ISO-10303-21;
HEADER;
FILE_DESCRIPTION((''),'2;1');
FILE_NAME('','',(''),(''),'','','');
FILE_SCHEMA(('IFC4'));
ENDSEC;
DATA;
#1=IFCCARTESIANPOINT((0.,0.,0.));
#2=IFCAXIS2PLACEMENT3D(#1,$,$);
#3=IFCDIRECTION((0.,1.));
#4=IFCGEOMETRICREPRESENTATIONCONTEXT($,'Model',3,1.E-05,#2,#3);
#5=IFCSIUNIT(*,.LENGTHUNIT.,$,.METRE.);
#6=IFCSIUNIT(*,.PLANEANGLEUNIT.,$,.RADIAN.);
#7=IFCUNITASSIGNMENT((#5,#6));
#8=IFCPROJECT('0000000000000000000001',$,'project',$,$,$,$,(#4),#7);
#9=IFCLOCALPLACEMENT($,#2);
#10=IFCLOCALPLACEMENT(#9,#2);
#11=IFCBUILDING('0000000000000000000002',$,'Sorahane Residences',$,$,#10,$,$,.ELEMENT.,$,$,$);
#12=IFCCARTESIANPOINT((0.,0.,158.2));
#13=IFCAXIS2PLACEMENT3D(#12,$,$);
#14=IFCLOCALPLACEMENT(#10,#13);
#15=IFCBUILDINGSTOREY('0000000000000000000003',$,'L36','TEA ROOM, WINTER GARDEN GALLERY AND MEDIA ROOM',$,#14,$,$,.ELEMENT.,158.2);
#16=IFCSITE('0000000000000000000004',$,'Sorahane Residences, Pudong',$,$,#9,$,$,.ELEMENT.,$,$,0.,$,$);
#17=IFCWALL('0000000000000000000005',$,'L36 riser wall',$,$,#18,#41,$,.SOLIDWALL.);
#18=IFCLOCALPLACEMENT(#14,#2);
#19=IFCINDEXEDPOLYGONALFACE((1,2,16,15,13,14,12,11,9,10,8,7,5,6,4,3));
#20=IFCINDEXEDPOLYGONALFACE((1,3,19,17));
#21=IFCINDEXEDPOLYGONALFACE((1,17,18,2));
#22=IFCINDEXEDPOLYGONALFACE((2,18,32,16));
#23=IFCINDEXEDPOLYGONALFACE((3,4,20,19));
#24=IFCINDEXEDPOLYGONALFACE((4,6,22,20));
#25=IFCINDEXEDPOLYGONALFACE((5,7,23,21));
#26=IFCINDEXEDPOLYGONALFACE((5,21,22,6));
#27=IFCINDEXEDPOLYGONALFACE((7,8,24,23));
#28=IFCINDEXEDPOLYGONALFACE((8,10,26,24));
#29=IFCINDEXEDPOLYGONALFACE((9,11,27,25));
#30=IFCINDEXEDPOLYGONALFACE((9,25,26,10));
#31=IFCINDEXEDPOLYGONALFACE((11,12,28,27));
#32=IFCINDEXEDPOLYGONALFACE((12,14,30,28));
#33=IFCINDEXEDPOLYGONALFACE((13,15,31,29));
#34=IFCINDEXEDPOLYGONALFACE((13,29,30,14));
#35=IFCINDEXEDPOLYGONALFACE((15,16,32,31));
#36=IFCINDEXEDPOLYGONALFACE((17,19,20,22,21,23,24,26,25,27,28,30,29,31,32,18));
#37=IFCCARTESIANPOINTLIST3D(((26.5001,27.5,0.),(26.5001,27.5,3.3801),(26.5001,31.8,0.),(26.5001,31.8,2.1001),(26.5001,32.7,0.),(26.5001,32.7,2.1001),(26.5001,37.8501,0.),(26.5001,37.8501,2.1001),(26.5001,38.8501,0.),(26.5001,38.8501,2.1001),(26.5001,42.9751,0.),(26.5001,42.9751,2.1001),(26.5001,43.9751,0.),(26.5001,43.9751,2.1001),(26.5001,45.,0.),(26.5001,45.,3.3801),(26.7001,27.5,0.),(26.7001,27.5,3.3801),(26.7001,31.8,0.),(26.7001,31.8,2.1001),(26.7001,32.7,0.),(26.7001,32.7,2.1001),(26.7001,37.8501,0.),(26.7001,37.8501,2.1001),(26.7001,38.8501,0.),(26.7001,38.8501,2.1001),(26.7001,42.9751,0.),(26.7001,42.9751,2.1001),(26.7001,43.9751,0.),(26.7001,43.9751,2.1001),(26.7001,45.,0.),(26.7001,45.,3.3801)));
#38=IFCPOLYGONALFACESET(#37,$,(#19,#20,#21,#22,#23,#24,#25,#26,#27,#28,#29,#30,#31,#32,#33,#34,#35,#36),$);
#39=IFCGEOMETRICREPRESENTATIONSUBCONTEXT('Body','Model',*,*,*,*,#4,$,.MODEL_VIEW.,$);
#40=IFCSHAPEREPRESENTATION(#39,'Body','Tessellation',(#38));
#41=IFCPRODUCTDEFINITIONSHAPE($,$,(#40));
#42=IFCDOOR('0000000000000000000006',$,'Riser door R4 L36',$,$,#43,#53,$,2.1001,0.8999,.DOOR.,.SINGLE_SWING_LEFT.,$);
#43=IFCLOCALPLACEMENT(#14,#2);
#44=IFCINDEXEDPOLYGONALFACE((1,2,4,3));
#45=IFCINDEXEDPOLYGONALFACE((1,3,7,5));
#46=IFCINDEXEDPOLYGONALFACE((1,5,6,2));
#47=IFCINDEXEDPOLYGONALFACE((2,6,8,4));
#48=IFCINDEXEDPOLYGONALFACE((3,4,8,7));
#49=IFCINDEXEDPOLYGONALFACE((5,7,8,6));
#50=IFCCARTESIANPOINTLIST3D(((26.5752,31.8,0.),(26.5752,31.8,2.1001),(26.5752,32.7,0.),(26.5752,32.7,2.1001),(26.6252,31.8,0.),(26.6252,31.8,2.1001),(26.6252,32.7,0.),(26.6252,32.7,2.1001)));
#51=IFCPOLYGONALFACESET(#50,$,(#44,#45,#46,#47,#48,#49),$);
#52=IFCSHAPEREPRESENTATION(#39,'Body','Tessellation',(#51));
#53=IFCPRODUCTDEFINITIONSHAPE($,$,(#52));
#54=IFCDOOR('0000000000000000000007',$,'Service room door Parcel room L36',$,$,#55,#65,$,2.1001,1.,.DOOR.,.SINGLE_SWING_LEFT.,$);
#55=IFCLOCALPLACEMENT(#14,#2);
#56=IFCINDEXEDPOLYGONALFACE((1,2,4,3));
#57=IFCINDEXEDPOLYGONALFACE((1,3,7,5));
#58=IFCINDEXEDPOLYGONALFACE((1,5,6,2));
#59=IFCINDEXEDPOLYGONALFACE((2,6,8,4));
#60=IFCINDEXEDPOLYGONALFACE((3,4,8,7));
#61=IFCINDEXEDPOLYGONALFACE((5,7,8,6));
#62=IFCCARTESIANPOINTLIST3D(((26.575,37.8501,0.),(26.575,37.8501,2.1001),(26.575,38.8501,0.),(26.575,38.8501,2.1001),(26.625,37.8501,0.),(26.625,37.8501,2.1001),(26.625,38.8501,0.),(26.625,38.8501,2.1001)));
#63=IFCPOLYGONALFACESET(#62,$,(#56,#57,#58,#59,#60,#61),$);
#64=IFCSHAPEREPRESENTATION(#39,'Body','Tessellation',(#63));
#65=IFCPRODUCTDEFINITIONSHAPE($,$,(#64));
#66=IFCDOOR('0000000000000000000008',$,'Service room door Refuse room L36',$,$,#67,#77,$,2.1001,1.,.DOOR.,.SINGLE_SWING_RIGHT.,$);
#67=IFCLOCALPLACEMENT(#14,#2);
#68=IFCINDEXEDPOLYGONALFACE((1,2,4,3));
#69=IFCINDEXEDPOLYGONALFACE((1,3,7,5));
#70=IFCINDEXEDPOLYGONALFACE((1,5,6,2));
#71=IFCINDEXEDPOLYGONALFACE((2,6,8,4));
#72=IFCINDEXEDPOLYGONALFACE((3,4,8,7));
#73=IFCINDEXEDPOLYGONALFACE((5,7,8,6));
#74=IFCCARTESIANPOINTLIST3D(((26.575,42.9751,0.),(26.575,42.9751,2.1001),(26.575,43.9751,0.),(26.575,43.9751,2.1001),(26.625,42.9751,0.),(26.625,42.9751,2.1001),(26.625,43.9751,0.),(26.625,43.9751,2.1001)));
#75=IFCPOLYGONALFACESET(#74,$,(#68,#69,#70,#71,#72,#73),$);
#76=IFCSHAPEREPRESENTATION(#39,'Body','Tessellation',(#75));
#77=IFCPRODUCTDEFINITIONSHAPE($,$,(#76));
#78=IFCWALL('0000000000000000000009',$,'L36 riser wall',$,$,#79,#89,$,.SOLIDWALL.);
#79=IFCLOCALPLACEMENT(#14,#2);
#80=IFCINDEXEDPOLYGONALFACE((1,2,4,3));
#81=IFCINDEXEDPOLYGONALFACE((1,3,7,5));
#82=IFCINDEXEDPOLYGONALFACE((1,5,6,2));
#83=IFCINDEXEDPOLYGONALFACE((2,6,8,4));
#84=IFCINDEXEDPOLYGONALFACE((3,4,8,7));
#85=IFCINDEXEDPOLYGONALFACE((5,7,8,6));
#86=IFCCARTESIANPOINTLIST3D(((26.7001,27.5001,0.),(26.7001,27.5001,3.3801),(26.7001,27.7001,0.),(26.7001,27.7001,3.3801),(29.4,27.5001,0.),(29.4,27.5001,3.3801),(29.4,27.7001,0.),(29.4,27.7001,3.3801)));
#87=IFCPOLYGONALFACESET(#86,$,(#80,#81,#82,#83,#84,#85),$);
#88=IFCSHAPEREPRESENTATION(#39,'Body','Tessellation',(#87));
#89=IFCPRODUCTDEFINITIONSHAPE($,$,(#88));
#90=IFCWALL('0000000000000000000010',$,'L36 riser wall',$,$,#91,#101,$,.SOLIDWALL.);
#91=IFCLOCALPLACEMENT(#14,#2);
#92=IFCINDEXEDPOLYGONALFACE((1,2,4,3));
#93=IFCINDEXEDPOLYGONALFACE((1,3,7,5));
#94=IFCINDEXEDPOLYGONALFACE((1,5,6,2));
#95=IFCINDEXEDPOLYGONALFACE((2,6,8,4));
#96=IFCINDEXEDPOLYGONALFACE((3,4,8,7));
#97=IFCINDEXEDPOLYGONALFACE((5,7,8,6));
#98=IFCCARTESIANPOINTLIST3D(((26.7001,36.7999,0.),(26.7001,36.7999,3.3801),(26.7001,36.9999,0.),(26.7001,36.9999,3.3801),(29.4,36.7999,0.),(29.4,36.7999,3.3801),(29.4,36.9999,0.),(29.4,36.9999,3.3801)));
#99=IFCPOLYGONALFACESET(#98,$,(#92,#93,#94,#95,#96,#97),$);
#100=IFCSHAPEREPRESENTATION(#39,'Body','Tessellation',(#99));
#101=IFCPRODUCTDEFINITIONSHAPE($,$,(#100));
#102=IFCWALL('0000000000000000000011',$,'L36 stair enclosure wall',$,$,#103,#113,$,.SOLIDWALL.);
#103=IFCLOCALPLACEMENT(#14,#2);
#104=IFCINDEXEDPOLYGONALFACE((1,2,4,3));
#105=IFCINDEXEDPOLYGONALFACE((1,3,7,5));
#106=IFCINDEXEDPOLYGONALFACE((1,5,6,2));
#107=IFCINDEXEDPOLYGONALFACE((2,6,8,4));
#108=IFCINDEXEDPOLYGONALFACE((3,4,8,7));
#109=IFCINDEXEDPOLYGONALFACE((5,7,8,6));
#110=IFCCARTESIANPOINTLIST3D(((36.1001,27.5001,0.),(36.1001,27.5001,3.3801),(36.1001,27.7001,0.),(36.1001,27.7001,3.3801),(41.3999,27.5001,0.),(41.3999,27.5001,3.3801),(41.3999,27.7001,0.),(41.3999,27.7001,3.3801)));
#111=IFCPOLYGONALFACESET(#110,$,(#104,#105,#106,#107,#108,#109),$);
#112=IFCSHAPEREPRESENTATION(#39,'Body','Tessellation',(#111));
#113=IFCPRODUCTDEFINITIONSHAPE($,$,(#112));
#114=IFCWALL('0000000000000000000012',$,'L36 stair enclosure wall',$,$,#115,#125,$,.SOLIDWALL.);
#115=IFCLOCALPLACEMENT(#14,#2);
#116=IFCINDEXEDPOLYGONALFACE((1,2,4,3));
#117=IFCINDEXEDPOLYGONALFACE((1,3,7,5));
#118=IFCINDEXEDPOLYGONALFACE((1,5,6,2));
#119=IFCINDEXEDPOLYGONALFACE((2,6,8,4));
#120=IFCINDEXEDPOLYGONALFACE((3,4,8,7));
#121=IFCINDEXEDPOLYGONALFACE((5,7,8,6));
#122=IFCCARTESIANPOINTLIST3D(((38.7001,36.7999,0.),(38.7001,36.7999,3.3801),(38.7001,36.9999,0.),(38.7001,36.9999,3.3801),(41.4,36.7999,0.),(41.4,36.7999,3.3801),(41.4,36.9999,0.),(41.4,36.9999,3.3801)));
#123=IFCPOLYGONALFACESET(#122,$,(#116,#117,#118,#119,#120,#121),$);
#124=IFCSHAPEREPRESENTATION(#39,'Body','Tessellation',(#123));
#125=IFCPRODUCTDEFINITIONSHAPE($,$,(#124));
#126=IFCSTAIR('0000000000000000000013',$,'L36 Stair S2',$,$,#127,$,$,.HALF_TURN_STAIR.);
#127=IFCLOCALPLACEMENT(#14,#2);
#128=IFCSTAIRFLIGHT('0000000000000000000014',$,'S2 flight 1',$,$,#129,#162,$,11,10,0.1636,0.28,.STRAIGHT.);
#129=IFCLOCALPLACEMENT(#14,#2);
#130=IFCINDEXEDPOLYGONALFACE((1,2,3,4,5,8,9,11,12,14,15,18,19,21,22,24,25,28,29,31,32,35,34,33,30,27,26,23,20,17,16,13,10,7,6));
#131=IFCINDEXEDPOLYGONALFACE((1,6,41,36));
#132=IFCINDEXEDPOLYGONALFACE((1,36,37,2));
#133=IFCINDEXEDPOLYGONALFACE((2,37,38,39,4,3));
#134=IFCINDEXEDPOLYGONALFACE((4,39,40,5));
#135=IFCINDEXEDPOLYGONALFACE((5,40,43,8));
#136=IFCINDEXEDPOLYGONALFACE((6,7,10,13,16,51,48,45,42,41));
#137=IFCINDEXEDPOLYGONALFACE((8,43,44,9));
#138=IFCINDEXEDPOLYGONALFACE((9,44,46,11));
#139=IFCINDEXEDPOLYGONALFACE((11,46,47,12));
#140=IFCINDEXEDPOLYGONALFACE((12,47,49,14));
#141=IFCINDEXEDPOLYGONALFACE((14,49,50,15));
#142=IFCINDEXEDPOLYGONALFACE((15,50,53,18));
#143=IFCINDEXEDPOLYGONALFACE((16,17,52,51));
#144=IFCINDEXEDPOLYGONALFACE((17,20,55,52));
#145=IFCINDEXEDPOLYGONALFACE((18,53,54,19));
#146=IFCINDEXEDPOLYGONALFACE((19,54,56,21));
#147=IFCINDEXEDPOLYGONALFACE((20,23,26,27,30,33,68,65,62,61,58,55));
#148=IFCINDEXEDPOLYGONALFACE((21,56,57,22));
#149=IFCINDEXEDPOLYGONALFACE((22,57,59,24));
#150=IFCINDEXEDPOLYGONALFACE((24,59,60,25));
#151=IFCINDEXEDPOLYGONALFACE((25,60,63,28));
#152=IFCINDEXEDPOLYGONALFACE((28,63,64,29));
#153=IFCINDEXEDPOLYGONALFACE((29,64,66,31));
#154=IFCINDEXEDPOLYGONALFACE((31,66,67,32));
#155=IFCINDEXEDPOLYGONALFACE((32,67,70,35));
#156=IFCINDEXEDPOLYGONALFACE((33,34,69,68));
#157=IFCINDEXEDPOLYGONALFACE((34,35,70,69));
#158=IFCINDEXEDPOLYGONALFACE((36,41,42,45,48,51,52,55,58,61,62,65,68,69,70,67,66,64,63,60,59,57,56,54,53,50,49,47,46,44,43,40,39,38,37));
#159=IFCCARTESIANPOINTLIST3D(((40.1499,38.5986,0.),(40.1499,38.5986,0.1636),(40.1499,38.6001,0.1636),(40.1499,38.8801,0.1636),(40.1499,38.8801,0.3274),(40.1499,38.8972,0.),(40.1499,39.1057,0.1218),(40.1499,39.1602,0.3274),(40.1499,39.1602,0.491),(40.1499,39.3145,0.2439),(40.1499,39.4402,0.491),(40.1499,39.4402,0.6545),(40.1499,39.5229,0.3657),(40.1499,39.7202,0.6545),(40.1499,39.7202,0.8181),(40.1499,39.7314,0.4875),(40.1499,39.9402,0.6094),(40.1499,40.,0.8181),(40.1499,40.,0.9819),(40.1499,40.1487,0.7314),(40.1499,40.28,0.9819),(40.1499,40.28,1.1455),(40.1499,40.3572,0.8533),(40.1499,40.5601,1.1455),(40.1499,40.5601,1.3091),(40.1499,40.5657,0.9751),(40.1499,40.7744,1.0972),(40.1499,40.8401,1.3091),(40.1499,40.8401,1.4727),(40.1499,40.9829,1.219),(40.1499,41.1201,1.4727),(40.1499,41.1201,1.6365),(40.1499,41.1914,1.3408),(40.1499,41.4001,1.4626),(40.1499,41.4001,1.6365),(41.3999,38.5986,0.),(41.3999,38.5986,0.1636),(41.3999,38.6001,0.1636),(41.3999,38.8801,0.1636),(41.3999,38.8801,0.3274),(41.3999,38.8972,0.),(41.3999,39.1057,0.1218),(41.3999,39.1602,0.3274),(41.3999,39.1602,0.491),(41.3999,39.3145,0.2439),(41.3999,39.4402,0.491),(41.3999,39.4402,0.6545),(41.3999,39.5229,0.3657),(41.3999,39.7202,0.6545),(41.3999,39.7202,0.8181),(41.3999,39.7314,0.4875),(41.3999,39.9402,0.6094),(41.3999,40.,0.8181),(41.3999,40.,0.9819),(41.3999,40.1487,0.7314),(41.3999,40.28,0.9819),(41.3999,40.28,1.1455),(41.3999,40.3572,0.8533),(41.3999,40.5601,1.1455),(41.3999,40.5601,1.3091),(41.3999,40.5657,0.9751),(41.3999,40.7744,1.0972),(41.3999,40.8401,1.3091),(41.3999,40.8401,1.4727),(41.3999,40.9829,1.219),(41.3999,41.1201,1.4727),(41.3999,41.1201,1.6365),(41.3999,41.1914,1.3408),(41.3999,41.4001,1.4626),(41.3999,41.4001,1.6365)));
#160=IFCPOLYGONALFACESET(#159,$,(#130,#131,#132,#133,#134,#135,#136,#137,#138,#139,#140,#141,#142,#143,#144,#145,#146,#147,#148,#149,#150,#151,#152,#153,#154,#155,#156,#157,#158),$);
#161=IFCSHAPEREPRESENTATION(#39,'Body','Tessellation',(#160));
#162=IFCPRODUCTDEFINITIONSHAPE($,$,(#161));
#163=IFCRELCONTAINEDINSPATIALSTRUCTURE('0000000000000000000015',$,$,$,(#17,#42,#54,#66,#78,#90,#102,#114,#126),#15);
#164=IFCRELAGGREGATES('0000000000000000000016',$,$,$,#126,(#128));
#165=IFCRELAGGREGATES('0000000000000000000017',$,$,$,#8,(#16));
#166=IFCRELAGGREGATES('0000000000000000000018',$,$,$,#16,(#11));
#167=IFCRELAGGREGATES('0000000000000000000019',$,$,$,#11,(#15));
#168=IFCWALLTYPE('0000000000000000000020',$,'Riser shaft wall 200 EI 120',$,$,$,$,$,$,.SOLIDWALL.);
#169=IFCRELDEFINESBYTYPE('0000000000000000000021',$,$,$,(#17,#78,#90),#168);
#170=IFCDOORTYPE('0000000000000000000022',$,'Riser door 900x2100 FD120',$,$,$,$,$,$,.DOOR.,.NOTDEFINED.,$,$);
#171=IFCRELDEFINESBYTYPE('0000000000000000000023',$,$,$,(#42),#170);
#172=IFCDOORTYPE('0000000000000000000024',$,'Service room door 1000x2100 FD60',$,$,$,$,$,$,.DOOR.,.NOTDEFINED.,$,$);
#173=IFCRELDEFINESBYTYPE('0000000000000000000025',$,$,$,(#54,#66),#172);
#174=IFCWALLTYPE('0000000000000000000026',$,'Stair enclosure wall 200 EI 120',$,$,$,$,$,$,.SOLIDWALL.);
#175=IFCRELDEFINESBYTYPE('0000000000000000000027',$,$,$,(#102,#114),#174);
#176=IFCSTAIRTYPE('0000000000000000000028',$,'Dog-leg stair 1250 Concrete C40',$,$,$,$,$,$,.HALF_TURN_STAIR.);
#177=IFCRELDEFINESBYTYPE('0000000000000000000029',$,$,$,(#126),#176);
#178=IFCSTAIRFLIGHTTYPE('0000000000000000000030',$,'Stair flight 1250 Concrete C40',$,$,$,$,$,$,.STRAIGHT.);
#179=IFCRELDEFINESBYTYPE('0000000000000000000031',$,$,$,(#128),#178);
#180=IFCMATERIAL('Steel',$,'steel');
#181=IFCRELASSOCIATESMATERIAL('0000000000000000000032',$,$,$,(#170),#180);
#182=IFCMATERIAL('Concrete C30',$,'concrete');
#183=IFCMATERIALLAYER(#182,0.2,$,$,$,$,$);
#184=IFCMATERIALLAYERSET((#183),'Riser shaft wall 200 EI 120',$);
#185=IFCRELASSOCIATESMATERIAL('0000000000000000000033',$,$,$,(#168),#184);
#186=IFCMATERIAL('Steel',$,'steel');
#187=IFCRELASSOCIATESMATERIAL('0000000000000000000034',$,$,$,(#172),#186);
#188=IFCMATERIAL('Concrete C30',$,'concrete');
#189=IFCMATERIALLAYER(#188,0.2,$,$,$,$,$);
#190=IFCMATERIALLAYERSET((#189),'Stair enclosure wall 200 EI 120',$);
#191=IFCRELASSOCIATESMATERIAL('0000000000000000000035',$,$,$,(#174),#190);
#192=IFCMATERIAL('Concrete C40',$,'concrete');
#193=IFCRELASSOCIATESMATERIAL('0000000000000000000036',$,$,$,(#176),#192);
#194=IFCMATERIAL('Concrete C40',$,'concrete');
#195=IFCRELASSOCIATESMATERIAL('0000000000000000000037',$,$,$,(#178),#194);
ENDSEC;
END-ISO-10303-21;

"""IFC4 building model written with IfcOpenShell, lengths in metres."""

from ifc_helpers import new_model, si_unit, direction, frame, frame_2d, origin, place, context, subcontext, project, spatial, polyline, rectangle, outline, extrude, material, layer, layer_set, type_object, element, fill, aggregate, save


model = new_model("IFC4")

# Units and contexts
model_context = context("Model", 3, precision=1e-05, world=origin(), true_north=direction((0.0, 1.0)))
body_context = subcontext(model_context, "Body", "Model", "MODEL_VIEW")
ifc_project = project(units=[si_unit("LENGTHUNIT", "METRE"), si_unit("PLANEANGLEUNIT", "RADIAN")], contexts=[model_context])

# Site, building, storey
site_placement = place(None, origin())
site = spatial("IfcSite", under=ifc_project, at=site_placement, Name="Sorahane Residences, Pudong", CompositionType="ELEMENT", RefElevation=0.0)
building_placement = place(site_placement, origin())
building = spatial("IfcBuilding", under=site, at=building_placement, Name="Sorahane Residences", CompositionType="ELEMENT")
storey_placement = place(building_placement, frame((0.0, 0.0, 158.2)))
storey = spatial("IfcBuildingStorey", under=building, at=storey_placement, Name="L36", Description="TEA ROOM, WINTER GARDEN GALLERY AND MEDIA ROOM", CompositionType="ELEMENT", Elevation=158.2)

# Shared definitions
ifc_material_1 = material(Name="Steel", Category="steel")
door_type_1 = type_object("IfcDoorType", Name="Riser door 900x2100 FD120", OperationType="NOTDEFINED", PredefinedType="DOOR", material=ifc_material_1)

# Wall, openings, doors
ifc_material_2 = material(Name="Concrete C30", Category="concrete")
ifc_layer_1 = layer(ifc_material_2, 0.2)
ifc_layer_set_1 = layer_set([ifc_layer_1], Name="Riser shaft wall 200 EI 120")
wall_type_1 = type_object("IfcWallType", Name="Riser shaft wall 200 EI 120", PredefinedType="SOLIDWALL", material=ifc_layer_set_1)
wall_1_placement = place(storey_placement, frame((26.6001, 27.5, 0.0), z_axis=(0.0, 0.0, 1.0), x_axis=(0.0, 1.0, 0.0)))
wall_1 = element("IfcWall", 1, at=wall_1_placement, inside=storey, type_object=wall_type_1, Name="L36 riser wall", PredefinedType="SOLIDWALL", context=body_context, shape_type="SweptSolid", body=[
    extrude(rectangle(XDim=17.5, YDim=0.2, at=frame_2d((8.75, 0.0))), origin(), (0.0, 0.0, 1.0), 3.3801),
])
opening_1_placement = place(wall_1_placement, frame((4.3, 0.0, 0.0)))
opening_1 = element("IfcOpeningElement", 2, at=opening_1_placement, cuts=wall_1, PredefinedType="OPENING", context=body_context, shape_type="SweptSolid", body=[
    extrude(rectangle(XDim=0.8999, YDim=2.1001, at=frame_2d((0.45, 1.05))), frame((0.0, 0.1099, 0.0), z_axis=(0.0, -1.0, 0.0), x_axis=(1.0, 0.0, 0.0)), (0.0, 0.0, 1.0), 0.22),
])
opening_2_placement = place(wall_1_placement, frame((10.3501, 0.0, 0.0)))
opening_2 = element("IfcOpeningElement", 3, at=opening_2_placement, cuts=wall_1, PredefinedType="OPENING", context=body_context, shape_type="SweptSolid", body=[
    extrude(rectangle(XDim=1.0, YDim=2.1001, at=frame_2d((0.5, 1.05))), frame((0.0, 0.1099, 0.0), z_axis=(0.0, -1.0, 0.0), x_axis=(1.0, 0.0, 0.0)), (0.0, 0.0, 1.0), 0.22),
])
opening_3_placement = place(wall_1_placement, frame((15.4751, 0.0, 0.0)))
opening_3 = element("IfcOpeningElement", 4, at=opening_3_placement, cuts=wall_1, PredefinedType="OPENING", context=body_context, shape_type="SweptSolid", body=[
    extrude(rectangle(XDim=1.0, YDim=2.1001, at=frame_2d((0.5, 1.05))), frame((0.0, 0.1099, 0.0), z_axis=(0.0, -1.0, 0.0), x_axis=(1.0, 0.0, 0.0)), (0.0, 0.0, 1.0), 0.22),
])
door_1_placement = place(opening_1_placement, origin())
door_1 = element("IfcDoor", 5, at=door_1_placement, inside=storey, type_object=door_type_1, Name="Riser door R4 L36", OperationType="SINGLE_SWING_LEFT", OverallHeight=2.1001, OverallWidth=0.8999, PredefinedType="DOOR", context=body_context, shape_type="SweptSolid", body=[
    extrude(rectangle(XDim=0.8999, YDim=2.1001, at=frame_2d((0.45, 1.05))), frame((0.0, 0.0249, 0.0), z_axis=(0.0, -1.0, 0.0), x_axis=(1.0, 0.0, 0.0)), (0.0, 0.0, 1.0), 0.05),
])
fill(opening_1, door_1)
ifc_material_3 = material(Name="Steel", Category="steel")
door_type_2 = type_object("IfcDoorType", Name="Service room door 1000x2100 FD60", OperationType="NOTDEFINED", PredefinedType="DOOR", material=ifc_material_3)
door_2_placement = place(opening_2_placement, frame((1.0, 0.0, 0.0), z_axis=(0.0, 0.0, 1.0), x_axis=(-1.0, 0.0, 0.0)))
door_2 = element("IfcDoor", 6, at=door_2_placement, inside=storey, type_object=door_type_2, Name="Service room door Parcel room L36", OperationType="SINGLE_SWING_LEFT", OverallHeight=2.1001, OverallWidth=1.0, PredefinedType="DOOR", context=body_context, shape_type="SweptSolid", body=[
    extrude(rectangle(XDim=1.0, YDim=2.1001, at=frame_2d((0.5, 1.05))), frame((0.0, 0.0249, 0.0), z_axis=(0.0, -1.0, 0.0), x_axis=(1.0, 0.0, 0.0)), (0.0, 0.0, 1.0), 0.05),
])
fill(opening_2, door_2)
door_3_placement = place(opening_3_placement, frame((1.0, 0.0, 0.0), z_axis=(0.0, 0.0, 1.0), x_axis=(-1.0, 0.0, 0.0)))
door_3 = element("IfcDoor", 7, at=door_3_placement, inside=storey, type_object=door_type_2, Name="Service room door Refuse room L36", OperationType="SINGLE_SWING_RIGHT", OverallHeight=2.1001, OverallWidth=1.0, PredefinedType="DOOR", context=body_context, shape_type="SweptSolid", body=[
    extrude(rectangle(XDim=1.0, YDim=2.1001, at=frame_2d((0.5, 1.05))), frame((0.0, 0.0249, 0.0), z_axis=(0.0, -1.0, 0.0), x_axis=(1.0, 0.0, 0.0)), (0.0, 0.0, 1.0), 0.05),
])
fill(opening_3, door_3)

# Walls
for number, where, z_axis, x_axis, name in (
    (8, (26.7, 27.6001, 0.0), (0.0, 0.0, 1.0), (1.0, 0.0, 0.0), "L36 riser wall"),
    (9, (26.7, 36.8999, 0.0), (0.0, 0.0, 1.0), (1.0, 0.0, 0.0), "L36 riser wall"),
):
    element("IfcWall", number, at=place(storey_placement, frame(where, z_axis=z_axis, x_axis=x_axis)), inside=storey, type_object=wall_type_1, Name=name, PredefinedType="SOLIDWALL", context=body_context, shape_type="SweptSolid", body=[
        extrude(rectangle(XDim=2.7, YDim=0.2, at=frame_2d((1.3501, 0.0))), origin(), (0.0, 0.0, 1.0), 3.3801),
    ])
ifc_material_4 = material(Name="Concrete C30", Category="concrete")
ifc_layer_2 = layer(ifc_material_4, 0.2)
ifc_layer_set_2 = layer_set([ifc_layer_2], Name="Stair enclosure wall 200 EI 120")
wall_type_2 = type_object("IfcWallType", Name="Stair enclosure wall 200 EI 120", PredefinedType="SOLIDWALL", material=ifc_layer_set_2)
wall_2_placement = place(storey_placement, frame((36.1001, 27.6001, 0.0), z_axis=(0.0, 0.0, 1.0), x_axis=(1.0, 0.0, 0.0)))
element("IfcWall", 10, at=wall_2_placement, inside=storey, type_object=wall_type_2, Name="L36 stair enclosure wall", PredefinedType="SOLIDWALL", context=body_context, shape_type="SweptSolid", body=[
    extrude(rectangle(XDim=5.2998, YDim=0.2, at=frame_2d((2.6499, 0.0))), origin(), (0.0, 0.0, 1.0), 3.3801),
])
wall_3_placement = place(storey_placement, frame((38.7, 36.8999, 0.0), z_axis=(0.0, 0.0, 1.0), x_axis=(1.0, 0.0, 0.0)))
element("IfcWall", 11, at=wall_3_placement, inside=storey, type_object=wall_type_2, Name="L36 stair enclosure wall", PredefinedType="SOLIDWALL", context=body_context, shape_type="SweptSolid", body=[
    extrude(rectangle(XDim=2.7, YDim=0.2, at=frame_2d((1.3501, 0.0))), origin(), (0.0, 0.0, 1.0), 3.3801),
])

# Stair, stair flight
ifc_material_5 = material(Name="Concrete C40", Category="concrete")
stair_type = type_object("IfcStairType", Name="Dog-leg stair 1250 Concrete C40", PredefinedType="HALF_TURN_STAIR", material=ifc_material_5)
stair_placement = place(storey_placement, origin())
stair = element("IfcStair", 12, at=stair_placement, inside=storey, type_object=stair_type, Name="L36 Stair S2", PredefinedType="HALF_TURN_STAIR")
ifc_material_6 = material(Name="Concrete C40", Category="concrete")
stair_flight_type = type_object("IfcStairFlightType", Name="Stair flight 1250 Concrete C40", PredefinedType="STRAIGHT", material=ifc_material_6)
stair_flight_1_placement = place(storey_placement, frame((40.7749, 38.6001, 0.0), z_axis=(0.0, 0.0, 1.0), x_axis=(0.0, 1.0, 0.0)))
stair_flight_1 = element("IfcStairFlight", 13, at=stair_flight_1_placement, type_object=stair_flight_type, Name="S2 flight 1", NumberOfRisers=11, NumberOfTreads=10, PredefinedType="STRAIGHT", RiserHeight=0.1636, TreadLength=0.28, context=body_context, shape_type="SweptSolid", body=[
    extrude(outline(polyline([(-0.0015, 0.0), (-0.0015, 0.1636), (0.0, 0.1636), (0.28, 0.1636), (0.28, 0.3274), (0.5601, 0.3274), (0.5601, 0.491), (0.8401, 0.491), (0.8401, 0.6545), (1.1201, 0.6545), (1.1201, 0.8181), (1.3999, 0.8181), (1.3999, 0.9819), (1.6799, 0.9819), (1.6799, 1.1455), (1.96, 1.1455), (1.96, 1.3091), (2.24, 1.3091), (2.24, 1.4727), (2.52, 1.4727), (2.52, 1.6365), (2.8, 1.6365), (2.8, 1.8), (2.8, 1.4626), (2.5913, 1.3408), (2.3828, 1.219), (2.1743, 1.0972), (1.9656, 0.9751), (1.7571, 0.8533), (1.5486, 0.7314), (1.3401, 0.6094), (1.1313, 0.4875), (0.9229, 0.3657), (0.7144, 0.2439), (0.5056, 0.1218), (0.2971, 0.0), (-0.0015, 0.0)])), frame((0.0, 0.625, 0.0), z_axis=(0.0, -1.0, 0.0), x_axis=(1.0, 0.0, 0.0)), (0.0, 0.0, 1.0), 1.25),
])
aggregate(stair, [stair_flight_1])

save(model, "model.ifc")
